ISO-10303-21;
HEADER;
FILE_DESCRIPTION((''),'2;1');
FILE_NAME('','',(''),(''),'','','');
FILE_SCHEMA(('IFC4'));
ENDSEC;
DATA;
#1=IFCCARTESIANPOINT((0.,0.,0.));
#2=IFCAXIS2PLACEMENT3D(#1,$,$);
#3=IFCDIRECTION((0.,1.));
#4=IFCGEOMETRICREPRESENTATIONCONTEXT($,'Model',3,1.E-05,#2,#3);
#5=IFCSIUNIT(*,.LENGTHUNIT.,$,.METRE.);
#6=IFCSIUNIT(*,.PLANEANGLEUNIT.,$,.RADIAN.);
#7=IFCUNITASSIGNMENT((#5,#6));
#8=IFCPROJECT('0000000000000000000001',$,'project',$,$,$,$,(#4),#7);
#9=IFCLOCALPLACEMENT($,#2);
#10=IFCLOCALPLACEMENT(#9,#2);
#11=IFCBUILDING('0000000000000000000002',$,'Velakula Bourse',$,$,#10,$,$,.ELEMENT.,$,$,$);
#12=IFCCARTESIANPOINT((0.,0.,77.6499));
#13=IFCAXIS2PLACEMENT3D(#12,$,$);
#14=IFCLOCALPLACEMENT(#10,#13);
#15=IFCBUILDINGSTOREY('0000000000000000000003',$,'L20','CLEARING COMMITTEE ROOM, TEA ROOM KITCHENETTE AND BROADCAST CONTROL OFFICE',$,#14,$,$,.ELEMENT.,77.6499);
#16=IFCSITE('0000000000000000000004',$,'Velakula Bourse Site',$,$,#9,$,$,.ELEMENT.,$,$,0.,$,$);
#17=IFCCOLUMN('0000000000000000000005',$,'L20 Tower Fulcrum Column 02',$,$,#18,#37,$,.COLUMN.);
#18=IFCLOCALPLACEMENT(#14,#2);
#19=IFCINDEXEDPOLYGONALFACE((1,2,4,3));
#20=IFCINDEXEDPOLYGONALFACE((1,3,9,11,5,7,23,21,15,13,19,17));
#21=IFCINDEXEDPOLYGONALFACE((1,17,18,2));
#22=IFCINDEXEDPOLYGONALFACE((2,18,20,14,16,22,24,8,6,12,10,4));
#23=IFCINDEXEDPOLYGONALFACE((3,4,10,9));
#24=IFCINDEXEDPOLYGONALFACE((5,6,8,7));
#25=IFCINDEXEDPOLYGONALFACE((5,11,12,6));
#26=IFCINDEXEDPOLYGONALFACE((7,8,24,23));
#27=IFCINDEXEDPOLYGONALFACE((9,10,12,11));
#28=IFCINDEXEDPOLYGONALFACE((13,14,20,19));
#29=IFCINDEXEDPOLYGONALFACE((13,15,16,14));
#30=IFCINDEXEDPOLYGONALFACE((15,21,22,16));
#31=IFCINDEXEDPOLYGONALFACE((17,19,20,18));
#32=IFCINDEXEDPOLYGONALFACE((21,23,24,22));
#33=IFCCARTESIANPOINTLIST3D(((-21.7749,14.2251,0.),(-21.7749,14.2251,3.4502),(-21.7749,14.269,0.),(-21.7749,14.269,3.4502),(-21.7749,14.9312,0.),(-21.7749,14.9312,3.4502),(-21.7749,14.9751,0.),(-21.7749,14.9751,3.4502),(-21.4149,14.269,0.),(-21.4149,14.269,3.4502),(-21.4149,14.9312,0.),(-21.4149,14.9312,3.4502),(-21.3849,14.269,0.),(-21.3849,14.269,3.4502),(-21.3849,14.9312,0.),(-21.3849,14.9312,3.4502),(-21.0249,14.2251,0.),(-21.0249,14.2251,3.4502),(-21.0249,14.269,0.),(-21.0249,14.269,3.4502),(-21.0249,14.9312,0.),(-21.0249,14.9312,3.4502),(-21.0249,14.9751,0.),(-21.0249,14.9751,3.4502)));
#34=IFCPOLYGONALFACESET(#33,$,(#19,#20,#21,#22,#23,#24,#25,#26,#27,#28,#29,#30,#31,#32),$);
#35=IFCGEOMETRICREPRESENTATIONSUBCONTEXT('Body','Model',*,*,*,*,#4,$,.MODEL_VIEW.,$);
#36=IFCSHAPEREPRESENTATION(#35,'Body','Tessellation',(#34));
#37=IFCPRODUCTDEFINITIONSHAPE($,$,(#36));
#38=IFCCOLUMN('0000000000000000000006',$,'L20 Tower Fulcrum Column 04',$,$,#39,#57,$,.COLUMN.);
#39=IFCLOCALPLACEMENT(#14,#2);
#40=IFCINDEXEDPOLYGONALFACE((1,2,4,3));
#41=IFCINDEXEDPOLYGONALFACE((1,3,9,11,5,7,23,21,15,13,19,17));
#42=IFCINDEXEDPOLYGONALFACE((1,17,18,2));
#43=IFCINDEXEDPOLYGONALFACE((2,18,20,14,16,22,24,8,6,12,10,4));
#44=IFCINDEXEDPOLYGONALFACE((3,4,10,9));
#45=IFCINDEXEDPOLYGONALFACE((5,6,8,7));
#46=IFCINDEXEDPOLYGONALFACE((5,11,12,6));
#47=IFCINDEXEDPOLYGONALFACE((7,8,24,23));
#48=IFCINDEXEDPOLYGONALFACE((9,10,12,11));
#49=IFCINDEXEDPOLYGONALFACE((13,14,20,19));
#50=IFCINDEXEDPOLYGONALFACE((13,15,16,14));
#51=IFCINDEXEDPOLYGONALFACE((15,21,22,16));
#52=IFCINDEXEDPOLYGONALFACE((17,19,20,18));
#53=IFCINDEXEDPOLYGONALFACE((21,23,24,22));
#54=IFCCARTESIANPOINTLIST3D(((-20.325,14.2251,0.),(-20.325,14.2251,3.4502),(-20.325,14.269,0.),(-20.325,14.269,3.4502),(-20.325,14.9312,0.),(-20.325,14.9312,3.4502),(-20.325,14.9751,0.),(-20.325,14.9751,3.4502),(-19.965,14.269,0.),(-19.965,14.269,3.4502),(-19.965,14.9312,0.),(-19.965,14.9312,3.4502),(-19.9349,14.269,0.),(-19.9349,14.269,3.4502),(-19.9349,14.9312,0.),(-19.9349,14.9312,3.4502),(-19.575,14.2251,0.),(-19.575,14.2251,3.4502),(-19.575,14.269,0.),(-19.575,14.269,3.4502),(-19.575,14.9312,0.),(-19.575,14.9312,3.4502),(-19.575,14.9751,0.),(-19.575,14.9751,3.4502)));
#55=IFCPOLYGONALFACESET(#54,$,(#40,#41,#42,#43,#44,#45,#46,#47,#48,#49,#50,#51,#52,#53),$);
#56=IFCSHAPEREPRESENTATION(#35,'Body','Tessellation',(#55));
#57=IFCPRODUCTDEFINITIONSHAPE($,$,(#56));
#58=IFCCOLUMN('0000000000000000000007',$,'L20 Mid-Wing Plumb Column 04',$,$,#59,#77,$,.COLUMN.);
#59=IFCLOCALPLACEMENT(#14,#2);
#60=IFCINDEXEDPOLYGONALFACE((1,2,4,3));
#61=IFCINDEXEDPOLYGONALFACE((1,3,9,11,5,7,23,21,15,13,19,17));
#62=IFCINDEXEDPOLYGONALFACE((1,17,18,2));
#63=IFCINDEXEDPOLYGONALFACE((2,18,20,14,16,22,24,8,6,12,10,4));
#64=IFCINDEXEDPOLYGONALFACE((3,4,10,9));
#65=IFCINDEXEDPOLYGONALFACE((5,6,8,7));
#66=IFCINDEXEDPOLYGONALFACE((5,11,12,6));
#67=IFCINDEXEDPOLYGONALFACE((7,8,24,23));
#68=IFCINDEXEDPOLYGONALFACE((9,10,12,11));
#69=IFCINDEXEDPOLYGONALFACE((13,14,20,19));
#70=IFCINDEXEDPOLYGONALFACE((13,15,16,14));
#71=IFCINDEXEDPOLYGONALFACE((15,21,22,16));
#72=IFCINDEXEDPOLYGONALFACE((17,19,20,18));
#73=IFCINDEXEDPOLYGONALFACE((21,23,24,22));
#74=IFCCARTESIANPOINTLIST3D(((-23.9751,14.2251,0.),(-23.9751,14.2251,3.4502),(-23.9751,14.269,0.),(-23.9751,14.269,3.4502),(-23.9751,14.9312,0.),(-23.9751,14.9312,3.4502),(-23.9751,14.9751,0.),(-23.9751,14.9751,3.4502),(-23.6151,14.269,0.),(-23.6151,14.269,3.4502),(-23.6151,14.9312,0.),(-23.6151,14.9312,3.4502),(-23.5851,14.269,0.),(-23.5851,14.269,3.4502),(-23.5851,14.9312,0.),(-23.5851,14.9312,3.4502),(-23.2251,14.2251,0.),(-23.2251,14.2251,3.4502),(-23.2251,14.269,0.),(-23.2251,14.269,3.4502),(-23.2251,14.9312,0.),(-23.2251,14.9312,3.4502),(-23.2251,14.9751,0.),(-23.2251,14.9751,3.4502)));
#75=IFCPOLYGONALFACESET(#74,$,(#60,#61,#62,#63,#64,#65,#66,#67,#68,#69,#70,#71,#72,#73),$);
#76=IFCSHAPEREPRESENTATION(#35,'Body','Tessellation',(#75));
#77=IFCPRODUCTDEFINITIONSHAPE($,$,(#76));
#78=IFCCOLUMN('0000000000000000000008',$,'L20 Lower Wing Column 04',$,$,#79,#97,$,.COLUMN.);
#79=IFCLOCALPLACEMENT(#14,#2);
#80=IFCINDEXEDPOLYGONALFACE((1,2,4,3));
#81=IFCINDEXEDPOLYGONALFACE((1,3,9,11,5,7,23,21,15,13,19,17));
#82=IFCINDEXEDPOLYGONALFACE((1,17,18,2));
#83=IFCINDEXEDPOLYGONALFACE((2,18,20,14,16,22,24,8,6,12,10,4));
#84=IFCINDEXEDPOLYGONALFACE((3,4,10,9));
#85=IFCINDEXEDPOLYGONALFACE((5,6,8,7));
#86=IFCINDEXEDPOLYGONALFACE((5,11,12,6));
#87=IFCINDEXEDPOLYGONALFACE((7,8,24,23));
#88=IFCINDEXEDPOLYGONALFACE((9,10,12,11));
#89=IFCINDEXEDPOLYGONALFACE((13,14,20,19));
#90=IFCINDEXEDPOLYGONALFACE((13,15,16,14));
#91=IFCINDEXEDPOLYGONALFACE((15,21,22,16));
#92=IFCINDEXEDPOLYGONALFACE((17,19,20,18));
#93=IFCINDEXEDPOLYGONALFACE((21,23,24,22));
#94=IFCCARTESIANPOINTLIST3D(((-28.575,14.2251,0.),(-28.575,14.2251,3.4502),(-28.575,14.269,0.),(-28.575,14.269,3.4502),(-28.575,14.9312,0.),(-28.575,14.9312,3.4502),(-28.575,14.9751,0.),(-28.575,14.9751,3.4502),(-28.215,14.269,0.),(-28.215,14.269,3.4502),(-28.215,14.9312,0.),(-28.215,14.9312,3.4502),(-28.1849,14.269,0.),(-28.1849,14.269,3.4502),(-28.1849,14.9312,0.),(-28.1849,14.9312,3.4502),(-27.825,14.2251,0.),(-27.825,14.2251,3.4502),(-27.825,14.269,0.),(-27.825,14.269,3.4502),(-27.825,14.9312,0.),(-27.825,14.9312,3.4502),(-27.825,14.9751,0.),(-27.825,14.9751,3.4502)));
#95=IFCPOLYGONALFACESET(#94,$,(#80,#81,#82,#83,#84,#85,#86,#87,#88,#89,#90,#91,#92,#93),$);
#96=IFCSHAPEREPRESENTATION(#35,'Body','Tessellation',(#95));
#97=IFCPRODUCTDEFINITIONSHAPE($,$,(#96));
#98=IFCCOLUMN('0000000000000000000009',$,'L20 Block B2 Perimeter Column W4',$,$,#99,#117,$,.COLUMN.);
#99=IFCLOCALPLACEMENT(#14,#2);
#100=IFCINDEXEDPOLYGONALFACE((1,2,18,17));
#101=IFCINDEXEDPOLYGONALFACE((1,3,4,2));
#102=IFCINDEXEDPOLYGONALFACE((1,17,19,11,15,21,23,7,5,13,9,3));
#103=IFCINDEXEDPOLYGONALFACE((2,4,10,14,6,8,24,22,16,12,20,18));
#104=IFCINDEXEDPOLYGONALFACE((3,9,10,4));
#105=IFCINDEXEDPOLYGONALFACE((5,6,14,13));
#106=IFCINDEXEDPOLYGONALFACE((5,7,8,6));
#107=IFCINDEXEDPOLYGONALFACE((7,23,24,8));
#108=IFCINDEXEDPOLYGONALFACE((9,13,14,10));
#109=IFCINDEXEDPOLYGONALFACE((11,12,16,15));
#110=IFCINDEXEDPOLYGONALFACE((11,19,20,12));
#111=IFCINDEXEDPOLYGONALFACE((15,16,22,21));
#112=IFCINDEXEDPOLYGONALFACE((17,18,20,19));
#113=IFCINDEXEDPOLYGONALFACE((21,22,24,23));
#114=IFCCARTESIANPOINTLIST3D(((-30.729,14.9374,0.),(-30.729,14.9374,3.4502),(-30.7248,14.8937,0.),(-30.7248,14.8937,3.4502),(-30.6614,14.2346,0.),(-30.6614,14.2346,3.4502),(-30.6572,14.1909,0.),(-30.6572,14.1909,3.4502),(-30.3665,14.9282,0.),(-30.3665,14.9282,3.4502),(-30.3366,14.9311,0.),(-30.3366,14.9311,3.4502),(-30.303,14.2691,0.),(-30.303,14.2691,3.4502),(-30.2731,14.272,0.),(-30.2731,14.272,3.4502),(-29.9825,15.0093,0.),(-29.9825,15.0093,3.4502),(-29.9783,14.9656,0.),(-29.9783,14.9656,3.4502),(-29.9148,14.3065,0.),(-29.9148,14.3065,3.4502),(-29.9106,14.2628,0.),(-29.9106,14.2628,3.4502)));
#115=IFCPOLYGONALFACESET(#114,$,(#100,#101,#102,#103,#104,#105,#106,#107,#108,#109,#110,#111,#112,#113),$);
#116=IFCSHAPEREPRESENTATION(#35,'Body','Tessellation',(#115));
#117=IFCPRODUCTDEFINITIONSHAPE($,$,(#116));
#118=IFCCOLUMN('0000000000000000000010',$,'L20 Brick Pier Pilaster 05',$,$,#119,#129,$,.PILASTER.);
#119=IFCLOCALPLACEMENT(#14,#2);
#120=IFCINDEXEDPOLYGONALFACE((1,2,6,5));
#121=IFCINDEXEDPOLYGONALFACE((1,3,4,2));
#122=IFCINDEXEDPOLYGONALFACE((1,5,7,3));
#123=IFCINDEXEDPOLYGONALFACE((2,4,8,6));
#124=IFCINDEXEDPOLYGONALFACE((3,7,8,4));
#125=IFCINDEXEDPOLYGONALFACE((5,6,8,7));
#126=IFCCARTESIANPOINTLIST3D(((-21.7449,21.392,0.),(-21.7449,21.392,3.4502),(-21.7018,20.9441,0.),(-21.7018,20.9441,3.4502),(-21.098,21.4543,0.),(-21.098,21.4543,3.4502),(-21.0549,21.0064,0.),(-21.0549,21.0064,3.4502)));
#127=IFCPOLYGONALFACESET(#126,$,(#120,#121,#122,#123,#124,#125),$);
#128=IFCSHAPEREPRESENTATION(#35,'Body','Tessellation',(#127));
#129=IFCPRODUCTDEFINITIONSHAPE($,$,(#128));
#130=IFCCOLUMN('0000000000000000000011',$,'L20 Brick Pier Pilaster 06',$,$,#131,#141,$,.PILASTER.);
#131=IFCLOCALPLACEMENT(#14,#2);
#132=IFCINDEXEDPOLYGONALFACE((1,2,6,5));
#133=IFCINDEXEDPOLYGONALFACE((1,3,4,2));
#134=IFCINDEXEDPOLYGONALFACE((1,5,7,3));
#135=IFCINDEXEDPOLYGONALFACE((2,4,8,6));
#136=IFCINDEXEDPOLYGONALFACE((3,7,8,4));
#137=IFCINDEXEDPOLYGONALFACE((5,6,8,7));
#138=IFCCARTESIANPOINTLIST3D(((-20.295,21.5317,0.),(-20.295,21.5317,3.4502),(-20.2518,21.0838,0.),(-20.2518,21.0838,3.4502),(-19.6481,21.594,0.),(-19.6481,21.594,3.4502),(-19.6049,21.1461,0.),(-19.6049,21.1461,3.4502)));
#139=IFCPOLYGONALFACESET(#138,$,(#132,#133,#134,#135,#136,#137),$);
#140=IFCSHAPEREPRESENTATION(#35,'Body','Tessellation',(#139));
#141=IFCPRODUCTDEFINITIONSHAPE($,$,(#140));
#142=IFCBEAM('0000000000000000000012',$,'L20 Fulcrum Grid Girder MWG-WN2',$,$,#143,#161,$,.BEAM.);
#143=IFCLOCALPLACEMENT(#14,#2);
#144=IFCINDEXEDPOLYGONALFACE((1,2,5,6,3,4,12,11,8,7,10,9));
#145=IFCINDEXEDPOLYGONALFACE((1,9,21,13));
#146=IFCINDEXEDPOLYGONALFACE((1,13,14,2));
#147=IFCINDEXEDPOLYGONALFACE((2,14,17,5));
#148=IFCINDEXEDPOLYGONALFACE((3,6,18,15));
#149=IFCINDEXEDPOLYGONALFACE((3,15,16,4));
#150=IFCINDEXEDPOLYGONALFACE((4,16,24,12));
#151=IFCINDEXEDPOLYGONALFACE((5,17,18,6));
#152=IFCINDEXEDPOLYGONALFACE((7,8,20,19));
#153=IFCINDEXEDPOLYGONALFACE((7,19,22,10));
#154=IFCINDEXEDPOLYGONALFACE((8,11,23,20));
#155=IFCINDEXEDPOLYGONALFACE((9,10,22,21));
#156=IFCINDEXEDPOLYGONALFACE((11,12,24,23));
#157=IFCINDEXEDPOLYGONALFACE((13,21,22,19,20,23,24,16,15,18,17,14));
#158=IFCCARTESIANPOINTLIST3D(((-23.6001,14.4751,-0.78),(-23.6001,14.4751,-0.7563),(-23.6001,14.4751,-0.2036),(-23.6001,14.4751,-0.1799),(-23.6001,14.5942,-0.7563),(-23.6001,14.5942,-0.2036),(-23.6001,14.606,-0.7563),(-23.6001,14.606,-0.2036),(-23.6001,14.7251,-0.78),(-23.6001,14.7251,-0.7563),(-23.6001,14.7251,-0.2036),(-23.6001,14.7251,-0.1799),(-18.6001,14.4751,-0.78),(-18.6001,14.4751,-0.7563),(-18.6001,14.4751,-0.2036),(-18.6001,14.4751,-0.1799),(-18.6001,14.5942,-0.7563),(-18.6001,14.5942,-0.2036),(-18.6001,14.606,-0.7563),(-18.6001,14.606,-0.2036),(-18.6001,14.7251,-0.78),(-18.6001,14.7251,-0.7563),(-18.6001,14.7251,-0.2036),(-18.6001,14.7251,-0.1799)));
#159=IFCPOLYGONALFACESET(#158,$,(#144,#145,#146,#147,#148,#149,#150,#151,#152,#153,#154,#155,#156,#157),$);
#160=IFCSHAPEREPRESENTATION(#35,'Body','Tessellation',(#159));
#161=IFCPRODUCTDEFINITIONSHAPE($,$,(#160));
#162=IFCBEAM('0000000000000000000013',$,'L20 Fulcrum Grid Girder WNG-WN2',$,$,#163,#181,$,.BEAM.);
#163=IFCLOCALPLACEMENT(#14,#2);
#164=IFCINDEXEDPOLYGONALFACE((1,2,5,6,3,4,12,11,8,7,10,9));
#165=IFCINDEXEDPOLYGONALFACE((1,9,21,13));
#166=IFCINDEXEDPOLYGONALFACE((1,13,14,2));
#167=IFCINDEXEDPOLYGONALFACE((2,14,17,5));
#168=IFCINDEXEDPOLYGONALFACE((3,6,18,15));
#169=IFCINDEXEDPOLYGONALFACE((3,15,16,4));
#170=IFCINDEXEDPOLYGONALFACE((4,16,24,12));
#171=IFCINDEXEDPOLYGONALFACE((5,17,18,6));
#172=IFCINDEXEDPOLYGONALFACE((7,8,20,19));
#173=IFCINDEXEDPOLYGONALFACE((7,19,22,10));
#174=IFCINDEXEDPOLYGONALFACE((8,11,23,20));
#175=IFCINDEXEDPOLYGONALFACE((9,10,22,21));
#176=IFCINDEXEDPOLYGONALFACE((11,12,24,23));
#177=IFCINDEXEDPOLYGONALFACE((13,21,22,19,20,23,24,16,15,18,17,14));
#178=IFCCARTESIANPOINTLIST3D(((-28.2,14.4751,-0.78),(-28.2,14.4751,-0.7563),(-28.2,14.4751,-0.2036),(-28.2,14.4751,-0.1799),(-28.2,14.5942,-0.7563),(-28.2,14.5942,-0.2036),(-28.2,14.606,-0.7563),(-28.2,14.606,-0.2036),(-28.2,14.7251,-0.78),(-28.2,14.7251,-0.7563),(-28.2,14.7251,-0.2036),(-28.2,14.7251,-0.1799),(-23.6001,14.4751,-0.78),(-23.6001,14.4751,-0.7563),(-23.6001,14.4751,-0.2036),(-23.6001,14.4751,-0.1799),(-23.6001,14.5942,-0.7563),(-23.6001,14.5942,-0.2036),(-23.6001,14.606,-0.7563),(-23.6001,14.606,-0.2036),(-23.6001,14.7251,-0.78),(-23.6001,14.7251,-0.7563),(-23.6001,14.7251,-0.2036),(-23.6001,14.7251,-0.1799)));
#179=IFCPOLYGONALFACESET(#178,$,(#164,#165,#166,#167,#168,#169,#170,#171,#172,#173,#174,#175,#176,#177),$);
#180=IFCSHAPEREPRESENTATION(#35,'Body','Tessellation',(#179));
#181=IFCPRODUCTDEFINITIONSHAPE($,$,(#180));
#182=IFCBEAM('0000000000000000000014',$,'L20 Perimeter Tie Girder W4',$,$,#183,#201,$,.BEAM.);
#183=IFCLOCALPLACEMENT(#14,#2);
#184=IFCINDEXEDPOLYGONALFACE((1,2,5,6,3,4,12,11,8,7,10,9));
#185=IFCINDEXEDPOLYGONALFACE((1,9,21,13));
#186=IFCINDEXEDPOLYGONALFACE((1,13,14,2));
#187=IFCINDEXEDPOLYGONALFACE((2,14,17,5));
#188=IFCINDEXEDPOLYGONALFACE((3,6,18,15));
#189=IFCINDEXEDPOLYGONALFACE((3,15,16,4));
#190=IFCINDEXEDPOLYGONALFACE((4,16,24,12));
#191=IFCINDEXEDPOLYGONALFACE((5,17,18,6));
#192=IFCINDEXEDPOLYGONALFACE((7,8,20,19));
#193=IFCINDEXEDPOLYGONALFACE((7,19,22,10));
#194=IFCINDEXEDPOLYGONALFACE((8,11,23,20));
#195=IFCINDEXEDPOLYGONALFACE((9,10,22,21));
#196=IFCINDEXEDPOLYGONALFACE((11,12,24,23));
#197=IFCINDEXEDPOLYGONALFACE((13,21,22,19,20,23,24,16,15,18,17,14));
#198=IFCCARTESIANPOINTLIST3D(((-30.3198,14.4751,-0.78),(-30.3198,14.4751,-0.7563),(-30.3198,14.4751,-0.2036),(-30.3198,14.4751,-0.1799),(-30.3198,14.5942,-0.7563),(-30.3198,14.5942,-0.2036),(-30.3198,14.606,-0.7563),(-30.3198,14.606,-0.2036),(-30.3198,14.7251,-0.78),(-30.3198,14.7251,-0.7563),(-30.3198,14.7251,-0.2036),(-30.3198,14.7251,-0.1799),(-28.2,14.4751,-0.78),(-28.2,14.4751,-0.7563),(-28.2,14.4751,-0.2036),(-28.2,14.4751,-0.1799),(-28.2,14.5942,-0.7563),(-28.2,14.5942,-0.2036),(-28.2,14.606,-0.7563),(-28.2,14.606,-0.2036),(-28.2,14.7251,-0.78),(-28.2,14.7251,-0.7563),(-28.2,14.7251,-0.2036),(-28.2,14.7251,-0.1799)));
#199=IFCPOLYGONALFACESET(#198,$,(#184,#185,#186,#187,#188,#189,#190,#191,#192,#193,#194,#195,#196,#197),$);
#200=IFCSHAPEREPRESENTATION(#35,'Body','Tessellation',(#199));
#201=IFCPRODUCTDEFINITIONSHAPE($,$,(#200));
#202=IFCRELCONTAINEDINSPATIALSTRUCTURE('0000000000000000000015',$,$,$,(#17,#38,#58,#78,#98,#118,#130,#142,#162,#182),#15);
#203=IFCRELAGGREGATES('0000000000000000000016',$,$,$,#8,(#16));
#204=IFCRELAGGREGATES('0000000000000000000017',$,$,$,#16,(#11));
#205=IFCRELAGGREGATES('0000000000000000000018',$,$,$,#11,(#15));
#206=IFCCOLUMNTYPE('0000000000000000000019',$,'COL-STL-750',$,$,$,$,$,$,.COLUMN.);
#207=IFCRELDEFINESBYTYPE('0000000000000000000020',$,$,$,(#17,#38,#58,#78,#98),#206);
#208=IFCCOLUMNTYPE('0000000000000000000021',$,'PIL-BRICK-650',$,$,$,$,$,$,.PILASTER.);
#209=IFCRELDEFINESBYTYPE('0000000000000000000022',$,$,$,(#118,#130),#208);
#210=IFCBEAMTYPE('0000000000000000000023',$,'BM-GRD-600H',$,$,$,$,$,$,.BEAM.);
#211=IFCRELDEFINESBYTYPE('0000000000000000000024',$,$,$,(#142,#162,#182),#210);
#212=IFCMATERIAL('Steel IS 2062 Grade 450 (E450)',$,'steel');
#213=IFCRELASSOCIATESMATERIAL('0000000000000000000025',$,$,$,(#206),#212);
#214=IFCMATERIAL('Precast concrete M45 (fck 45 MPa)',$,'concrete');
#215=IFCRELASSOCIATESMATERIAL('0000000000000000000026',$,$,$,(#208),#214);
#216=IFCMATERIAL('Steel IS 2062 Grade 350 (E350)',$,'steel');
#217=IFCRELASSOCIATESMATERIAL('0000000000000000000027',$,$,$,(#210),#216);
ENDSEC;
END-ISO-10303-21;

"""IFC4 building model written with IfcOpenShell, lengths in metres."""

from ifc_helpers import new_model, si_unit, direction, frame, origin, origin_2d, place, context, subcontext, project, spatial, rectangle, i_section, extrude, material, material_profile, profile_set, type_object, element, save


model = new_model("IFC4")

# Units and contexts
model_context = context("Model", 3, precision=1e-05, world=origin(), true_north=direction((0.0, 1.0)))
body_context = subcontext(model_context, "Body", "Model", "MODEL_VIEW")
ifc_project = project(units=[si_unit("LENGTHUNIT", "METRE"), si_unit("PLANEANGLEUNIT", "RADIAN")], contexts=[model_context])

# Site, building, storey
site_placement = place(None, origin())
site = spatial("IfcSite", under=ifc_project, at=site_placement, Name="Velakula Bourse Site", CompositionType="ELEMENT", RefElevation=0.0)
building_placement = place(site_placement, origin())
building = spatial("IfcBuilding", under=site, at=building_placement, Name="Velakula Bourse", CompositionType="ELEMENT")
storey_placement = place(building_placement, frame((0.0, 0.0, 77.6499)))
storey = spatial("IfcBuildingStorey", under=building, at=storey_placement, Name="L20", Description="CLEARING COMMITTEE ROOM, TEA ROOM KITCHENETTE AND BROADCAST CONTROL OFFICE", CompositionType="ELEMENT", Elevation=77.6499)

# Columns
ifc_material_1 = material(Name="Steel IS 2062 Grade 450 (E450)", Category="steel")
ifc_material_profile_1 = material_profile(ifc_material_1, i_section(OverallWidth=0.75, OverallDepth=0.75, WebThickness=0.03, FlangeThickness=0.0439, at=origin_2d()), Name="Steel IS 2062 Grade 450 (E450)")
ifc_profile_set_1 = profile_set([ifc_material_profile_1], Name="Steel IS 2062 Grade 450 (E450)")
column_type_1 = type_object("IfcColumnType", Name="COL-STL-750", PredefinedType="COLUMN", material=ifc_profile_set_1)
for number, where, z_axis, x_axis, name in (
    (1, (-21.3999, 14.6001, 0.0), (0.0, 0.0, 1.0), (1.0, 0.0, 0.0), "L20 Tower Fulcrum Column 02"),
    (2, (-19.95, 14.6001, 0.0), (0.0, 0.0, 1.0), (1.0, 0.0, 0.0), "L20 Tower Fulcrum Column 04"),
    (3, (-23.6001, 14.6001, 0.0), (0.0, 0.0, 1.0), (1.0, 0.0, 0.0), "L20 Mid-Wing Plumb Column 04"),
    (4, (-28.2, 14.6001, 0.0), (0.0, 0.0, 1.0), (1.0, 0.0, 0.0), "L20 Lower Wing Column 04"),
    (5, (-30.3198, 14.6001, 0.0), (0.0, 0.0, 1.0), (0.995396, 0.095846, 0.0), "L20 Block B2 Perimeter Column W4"),
):
    element("IfcColumn", number, at=place(storey_placement, frame(where, z_axis=z_axis, x_axis=x_axis)), inside=storey, type_object=column_type_1, Name=name, PredefinedType="COLUMN", context=body_context, shape_type="SweptSolid", body=[
        extrude(i_section(OverallWidth=0.75, OverallDepth=0.75, WebThickness=0.03, FlangeThickness=0.0439, at=origin_2d()), origin(), (0.0, 0.0, 1.0), 3.4502),
    ])
ifc_material_2 = material(Name="Precast concrete M45 (fck 45 MPa)", Category="concrete")
ifc_material_profile_2 = material_profile(ifc_material_2, rectangle(XDim=0.6499, YDim=0.45, at=origin_2d()), Name="Precast concrete M45 (fck 45 MPa)")
ifc_profile_set_2 = profile_set([ifc_material_profile_2], Name="Precast concrete M45 (fck 45 MPa)")
column_type_2 = type_object("IfcColumnType", Name="PIL-BRICK-650", PredefinedType="PILASTER", material=ifc_profile_set_2)
for number, where, z_axis, x_axis, name in (
    (6, (-21.3999, 21.1992, 0.0), (0.0, 0.0, 1.0), (0.995396, 0.095846, 0.0), "L20 Brick Pier Pilaster 05"),
    (7, (-19.95, 21.3389, 0.0), (0.0, 0.0, 1.0), (0.995396, 0.095846, 0.0), "L20 Brick Pier Pilaster 06"),
):
    element("IfcColumn", number, at=place(storey_placement, frame(where, z_axis=z_axis, x_axis=x_axis)), inside=storey, type_object=column_type_2, Name=name, PredefinedType="PILASTER", context=body_context, shape_type="SweptSolid", body=[
        extrude(rectangle(XDim=0.6499, YDim=0.45, at=origin_2d()), origin(), (0.0, 0.0, 1.0), 3.4502),
    ])

# Beams
ifc_material_3 = material(Name="Steel IS 2062 Grade 350 (E350)", Category="steel")
ifc_material_profile_3 = material_profile(ifc_material_3, i_section(OverallWidth=0.25, OverallDepth=0.6001, WebThickness=0.0117, FlangeThickness=0.0237, at=origin_2d()), Name="Steel IS 2062 Grade 350 (E350)")
ifc_profile_set_3 = profile_set([ifc_material_profile_3], Name="Steel IS 2062 Grade 350 (E350)")
beam_type_1 = type_object("IfcBeamType", Name="BM-GRD-600H", PredefinedType="BEAM", material=ifc_profile_set_3)
beam_1_placement = place(storey_placement, frame((-23.6001, 14.6001, -0.48), z_axis=(1.0, 0.0, 0.0), x_axis=(0.0, 1.0, 0.0)))
element("IfcBeam", 8, at=beam_1_placement, inside=storey, type_object=beam_type_1, Name="L20 Fulcrum Grid Girder MWG-WN2", PredefinedType="BEAM", context=body_context, shape_type="SweptSolid", body=[
    extrude(i_section(OverallWidth=0.25, OverallDepth=0.6001, WebThickness=0.0117, FlangeThickness=0.0237, at=origin_2d()), origin(), (0.0, 0.0, 1.0), 5.0),
])
beam_2_placement = place(storey_placement, frame((-28.2, 14.6001, -0.48), z_axis=(1.0, 0.0, 0.0), x_axis=(0.0, 1.0, 0.0)))
element("IfcBeam", 9, at=beam_2_placement, inside=storey, type_object=beam_type_1, Name="L20 Fulcrum Grid Girder WNG-WN2", PredefinedType="BEAM", context=body_context, shape_type="SweptSolid", body=[
    extrude(i_section(OverallWidth=0.25, OverallDepth=0.6001, WebThickness=0.0117, FlangeThickness=0.0237, at=origin_2d()), origin(), (0.0, 0.0, 1.0), 4.5999),
])
beam_3_placement = place(storey_placement, frame((-28.2, 14.6001, -0.48), z_axis=(-1.0, 0.0, 0.0), x_axis=(0.0, -1.0, 0.0)))
element("IfcBeam", 10, at=beam_3_placement, inside=storey, type_object=beam_type_1, Name="L20 Perimeter Tie Girder W4", PredefinedType="BEAM", context=body_context, shape_type="SweptSolid", body=[
    extrude(i_section(OverallWidth=0.25, OverallDepth=0.6001, WebThickness=0.0117, FlangeThickness=0.0237, at=origin_2d()), origin(), (0.0, 0.0, 1.0), 2.1199),
])

save(model, "model.ifc")
